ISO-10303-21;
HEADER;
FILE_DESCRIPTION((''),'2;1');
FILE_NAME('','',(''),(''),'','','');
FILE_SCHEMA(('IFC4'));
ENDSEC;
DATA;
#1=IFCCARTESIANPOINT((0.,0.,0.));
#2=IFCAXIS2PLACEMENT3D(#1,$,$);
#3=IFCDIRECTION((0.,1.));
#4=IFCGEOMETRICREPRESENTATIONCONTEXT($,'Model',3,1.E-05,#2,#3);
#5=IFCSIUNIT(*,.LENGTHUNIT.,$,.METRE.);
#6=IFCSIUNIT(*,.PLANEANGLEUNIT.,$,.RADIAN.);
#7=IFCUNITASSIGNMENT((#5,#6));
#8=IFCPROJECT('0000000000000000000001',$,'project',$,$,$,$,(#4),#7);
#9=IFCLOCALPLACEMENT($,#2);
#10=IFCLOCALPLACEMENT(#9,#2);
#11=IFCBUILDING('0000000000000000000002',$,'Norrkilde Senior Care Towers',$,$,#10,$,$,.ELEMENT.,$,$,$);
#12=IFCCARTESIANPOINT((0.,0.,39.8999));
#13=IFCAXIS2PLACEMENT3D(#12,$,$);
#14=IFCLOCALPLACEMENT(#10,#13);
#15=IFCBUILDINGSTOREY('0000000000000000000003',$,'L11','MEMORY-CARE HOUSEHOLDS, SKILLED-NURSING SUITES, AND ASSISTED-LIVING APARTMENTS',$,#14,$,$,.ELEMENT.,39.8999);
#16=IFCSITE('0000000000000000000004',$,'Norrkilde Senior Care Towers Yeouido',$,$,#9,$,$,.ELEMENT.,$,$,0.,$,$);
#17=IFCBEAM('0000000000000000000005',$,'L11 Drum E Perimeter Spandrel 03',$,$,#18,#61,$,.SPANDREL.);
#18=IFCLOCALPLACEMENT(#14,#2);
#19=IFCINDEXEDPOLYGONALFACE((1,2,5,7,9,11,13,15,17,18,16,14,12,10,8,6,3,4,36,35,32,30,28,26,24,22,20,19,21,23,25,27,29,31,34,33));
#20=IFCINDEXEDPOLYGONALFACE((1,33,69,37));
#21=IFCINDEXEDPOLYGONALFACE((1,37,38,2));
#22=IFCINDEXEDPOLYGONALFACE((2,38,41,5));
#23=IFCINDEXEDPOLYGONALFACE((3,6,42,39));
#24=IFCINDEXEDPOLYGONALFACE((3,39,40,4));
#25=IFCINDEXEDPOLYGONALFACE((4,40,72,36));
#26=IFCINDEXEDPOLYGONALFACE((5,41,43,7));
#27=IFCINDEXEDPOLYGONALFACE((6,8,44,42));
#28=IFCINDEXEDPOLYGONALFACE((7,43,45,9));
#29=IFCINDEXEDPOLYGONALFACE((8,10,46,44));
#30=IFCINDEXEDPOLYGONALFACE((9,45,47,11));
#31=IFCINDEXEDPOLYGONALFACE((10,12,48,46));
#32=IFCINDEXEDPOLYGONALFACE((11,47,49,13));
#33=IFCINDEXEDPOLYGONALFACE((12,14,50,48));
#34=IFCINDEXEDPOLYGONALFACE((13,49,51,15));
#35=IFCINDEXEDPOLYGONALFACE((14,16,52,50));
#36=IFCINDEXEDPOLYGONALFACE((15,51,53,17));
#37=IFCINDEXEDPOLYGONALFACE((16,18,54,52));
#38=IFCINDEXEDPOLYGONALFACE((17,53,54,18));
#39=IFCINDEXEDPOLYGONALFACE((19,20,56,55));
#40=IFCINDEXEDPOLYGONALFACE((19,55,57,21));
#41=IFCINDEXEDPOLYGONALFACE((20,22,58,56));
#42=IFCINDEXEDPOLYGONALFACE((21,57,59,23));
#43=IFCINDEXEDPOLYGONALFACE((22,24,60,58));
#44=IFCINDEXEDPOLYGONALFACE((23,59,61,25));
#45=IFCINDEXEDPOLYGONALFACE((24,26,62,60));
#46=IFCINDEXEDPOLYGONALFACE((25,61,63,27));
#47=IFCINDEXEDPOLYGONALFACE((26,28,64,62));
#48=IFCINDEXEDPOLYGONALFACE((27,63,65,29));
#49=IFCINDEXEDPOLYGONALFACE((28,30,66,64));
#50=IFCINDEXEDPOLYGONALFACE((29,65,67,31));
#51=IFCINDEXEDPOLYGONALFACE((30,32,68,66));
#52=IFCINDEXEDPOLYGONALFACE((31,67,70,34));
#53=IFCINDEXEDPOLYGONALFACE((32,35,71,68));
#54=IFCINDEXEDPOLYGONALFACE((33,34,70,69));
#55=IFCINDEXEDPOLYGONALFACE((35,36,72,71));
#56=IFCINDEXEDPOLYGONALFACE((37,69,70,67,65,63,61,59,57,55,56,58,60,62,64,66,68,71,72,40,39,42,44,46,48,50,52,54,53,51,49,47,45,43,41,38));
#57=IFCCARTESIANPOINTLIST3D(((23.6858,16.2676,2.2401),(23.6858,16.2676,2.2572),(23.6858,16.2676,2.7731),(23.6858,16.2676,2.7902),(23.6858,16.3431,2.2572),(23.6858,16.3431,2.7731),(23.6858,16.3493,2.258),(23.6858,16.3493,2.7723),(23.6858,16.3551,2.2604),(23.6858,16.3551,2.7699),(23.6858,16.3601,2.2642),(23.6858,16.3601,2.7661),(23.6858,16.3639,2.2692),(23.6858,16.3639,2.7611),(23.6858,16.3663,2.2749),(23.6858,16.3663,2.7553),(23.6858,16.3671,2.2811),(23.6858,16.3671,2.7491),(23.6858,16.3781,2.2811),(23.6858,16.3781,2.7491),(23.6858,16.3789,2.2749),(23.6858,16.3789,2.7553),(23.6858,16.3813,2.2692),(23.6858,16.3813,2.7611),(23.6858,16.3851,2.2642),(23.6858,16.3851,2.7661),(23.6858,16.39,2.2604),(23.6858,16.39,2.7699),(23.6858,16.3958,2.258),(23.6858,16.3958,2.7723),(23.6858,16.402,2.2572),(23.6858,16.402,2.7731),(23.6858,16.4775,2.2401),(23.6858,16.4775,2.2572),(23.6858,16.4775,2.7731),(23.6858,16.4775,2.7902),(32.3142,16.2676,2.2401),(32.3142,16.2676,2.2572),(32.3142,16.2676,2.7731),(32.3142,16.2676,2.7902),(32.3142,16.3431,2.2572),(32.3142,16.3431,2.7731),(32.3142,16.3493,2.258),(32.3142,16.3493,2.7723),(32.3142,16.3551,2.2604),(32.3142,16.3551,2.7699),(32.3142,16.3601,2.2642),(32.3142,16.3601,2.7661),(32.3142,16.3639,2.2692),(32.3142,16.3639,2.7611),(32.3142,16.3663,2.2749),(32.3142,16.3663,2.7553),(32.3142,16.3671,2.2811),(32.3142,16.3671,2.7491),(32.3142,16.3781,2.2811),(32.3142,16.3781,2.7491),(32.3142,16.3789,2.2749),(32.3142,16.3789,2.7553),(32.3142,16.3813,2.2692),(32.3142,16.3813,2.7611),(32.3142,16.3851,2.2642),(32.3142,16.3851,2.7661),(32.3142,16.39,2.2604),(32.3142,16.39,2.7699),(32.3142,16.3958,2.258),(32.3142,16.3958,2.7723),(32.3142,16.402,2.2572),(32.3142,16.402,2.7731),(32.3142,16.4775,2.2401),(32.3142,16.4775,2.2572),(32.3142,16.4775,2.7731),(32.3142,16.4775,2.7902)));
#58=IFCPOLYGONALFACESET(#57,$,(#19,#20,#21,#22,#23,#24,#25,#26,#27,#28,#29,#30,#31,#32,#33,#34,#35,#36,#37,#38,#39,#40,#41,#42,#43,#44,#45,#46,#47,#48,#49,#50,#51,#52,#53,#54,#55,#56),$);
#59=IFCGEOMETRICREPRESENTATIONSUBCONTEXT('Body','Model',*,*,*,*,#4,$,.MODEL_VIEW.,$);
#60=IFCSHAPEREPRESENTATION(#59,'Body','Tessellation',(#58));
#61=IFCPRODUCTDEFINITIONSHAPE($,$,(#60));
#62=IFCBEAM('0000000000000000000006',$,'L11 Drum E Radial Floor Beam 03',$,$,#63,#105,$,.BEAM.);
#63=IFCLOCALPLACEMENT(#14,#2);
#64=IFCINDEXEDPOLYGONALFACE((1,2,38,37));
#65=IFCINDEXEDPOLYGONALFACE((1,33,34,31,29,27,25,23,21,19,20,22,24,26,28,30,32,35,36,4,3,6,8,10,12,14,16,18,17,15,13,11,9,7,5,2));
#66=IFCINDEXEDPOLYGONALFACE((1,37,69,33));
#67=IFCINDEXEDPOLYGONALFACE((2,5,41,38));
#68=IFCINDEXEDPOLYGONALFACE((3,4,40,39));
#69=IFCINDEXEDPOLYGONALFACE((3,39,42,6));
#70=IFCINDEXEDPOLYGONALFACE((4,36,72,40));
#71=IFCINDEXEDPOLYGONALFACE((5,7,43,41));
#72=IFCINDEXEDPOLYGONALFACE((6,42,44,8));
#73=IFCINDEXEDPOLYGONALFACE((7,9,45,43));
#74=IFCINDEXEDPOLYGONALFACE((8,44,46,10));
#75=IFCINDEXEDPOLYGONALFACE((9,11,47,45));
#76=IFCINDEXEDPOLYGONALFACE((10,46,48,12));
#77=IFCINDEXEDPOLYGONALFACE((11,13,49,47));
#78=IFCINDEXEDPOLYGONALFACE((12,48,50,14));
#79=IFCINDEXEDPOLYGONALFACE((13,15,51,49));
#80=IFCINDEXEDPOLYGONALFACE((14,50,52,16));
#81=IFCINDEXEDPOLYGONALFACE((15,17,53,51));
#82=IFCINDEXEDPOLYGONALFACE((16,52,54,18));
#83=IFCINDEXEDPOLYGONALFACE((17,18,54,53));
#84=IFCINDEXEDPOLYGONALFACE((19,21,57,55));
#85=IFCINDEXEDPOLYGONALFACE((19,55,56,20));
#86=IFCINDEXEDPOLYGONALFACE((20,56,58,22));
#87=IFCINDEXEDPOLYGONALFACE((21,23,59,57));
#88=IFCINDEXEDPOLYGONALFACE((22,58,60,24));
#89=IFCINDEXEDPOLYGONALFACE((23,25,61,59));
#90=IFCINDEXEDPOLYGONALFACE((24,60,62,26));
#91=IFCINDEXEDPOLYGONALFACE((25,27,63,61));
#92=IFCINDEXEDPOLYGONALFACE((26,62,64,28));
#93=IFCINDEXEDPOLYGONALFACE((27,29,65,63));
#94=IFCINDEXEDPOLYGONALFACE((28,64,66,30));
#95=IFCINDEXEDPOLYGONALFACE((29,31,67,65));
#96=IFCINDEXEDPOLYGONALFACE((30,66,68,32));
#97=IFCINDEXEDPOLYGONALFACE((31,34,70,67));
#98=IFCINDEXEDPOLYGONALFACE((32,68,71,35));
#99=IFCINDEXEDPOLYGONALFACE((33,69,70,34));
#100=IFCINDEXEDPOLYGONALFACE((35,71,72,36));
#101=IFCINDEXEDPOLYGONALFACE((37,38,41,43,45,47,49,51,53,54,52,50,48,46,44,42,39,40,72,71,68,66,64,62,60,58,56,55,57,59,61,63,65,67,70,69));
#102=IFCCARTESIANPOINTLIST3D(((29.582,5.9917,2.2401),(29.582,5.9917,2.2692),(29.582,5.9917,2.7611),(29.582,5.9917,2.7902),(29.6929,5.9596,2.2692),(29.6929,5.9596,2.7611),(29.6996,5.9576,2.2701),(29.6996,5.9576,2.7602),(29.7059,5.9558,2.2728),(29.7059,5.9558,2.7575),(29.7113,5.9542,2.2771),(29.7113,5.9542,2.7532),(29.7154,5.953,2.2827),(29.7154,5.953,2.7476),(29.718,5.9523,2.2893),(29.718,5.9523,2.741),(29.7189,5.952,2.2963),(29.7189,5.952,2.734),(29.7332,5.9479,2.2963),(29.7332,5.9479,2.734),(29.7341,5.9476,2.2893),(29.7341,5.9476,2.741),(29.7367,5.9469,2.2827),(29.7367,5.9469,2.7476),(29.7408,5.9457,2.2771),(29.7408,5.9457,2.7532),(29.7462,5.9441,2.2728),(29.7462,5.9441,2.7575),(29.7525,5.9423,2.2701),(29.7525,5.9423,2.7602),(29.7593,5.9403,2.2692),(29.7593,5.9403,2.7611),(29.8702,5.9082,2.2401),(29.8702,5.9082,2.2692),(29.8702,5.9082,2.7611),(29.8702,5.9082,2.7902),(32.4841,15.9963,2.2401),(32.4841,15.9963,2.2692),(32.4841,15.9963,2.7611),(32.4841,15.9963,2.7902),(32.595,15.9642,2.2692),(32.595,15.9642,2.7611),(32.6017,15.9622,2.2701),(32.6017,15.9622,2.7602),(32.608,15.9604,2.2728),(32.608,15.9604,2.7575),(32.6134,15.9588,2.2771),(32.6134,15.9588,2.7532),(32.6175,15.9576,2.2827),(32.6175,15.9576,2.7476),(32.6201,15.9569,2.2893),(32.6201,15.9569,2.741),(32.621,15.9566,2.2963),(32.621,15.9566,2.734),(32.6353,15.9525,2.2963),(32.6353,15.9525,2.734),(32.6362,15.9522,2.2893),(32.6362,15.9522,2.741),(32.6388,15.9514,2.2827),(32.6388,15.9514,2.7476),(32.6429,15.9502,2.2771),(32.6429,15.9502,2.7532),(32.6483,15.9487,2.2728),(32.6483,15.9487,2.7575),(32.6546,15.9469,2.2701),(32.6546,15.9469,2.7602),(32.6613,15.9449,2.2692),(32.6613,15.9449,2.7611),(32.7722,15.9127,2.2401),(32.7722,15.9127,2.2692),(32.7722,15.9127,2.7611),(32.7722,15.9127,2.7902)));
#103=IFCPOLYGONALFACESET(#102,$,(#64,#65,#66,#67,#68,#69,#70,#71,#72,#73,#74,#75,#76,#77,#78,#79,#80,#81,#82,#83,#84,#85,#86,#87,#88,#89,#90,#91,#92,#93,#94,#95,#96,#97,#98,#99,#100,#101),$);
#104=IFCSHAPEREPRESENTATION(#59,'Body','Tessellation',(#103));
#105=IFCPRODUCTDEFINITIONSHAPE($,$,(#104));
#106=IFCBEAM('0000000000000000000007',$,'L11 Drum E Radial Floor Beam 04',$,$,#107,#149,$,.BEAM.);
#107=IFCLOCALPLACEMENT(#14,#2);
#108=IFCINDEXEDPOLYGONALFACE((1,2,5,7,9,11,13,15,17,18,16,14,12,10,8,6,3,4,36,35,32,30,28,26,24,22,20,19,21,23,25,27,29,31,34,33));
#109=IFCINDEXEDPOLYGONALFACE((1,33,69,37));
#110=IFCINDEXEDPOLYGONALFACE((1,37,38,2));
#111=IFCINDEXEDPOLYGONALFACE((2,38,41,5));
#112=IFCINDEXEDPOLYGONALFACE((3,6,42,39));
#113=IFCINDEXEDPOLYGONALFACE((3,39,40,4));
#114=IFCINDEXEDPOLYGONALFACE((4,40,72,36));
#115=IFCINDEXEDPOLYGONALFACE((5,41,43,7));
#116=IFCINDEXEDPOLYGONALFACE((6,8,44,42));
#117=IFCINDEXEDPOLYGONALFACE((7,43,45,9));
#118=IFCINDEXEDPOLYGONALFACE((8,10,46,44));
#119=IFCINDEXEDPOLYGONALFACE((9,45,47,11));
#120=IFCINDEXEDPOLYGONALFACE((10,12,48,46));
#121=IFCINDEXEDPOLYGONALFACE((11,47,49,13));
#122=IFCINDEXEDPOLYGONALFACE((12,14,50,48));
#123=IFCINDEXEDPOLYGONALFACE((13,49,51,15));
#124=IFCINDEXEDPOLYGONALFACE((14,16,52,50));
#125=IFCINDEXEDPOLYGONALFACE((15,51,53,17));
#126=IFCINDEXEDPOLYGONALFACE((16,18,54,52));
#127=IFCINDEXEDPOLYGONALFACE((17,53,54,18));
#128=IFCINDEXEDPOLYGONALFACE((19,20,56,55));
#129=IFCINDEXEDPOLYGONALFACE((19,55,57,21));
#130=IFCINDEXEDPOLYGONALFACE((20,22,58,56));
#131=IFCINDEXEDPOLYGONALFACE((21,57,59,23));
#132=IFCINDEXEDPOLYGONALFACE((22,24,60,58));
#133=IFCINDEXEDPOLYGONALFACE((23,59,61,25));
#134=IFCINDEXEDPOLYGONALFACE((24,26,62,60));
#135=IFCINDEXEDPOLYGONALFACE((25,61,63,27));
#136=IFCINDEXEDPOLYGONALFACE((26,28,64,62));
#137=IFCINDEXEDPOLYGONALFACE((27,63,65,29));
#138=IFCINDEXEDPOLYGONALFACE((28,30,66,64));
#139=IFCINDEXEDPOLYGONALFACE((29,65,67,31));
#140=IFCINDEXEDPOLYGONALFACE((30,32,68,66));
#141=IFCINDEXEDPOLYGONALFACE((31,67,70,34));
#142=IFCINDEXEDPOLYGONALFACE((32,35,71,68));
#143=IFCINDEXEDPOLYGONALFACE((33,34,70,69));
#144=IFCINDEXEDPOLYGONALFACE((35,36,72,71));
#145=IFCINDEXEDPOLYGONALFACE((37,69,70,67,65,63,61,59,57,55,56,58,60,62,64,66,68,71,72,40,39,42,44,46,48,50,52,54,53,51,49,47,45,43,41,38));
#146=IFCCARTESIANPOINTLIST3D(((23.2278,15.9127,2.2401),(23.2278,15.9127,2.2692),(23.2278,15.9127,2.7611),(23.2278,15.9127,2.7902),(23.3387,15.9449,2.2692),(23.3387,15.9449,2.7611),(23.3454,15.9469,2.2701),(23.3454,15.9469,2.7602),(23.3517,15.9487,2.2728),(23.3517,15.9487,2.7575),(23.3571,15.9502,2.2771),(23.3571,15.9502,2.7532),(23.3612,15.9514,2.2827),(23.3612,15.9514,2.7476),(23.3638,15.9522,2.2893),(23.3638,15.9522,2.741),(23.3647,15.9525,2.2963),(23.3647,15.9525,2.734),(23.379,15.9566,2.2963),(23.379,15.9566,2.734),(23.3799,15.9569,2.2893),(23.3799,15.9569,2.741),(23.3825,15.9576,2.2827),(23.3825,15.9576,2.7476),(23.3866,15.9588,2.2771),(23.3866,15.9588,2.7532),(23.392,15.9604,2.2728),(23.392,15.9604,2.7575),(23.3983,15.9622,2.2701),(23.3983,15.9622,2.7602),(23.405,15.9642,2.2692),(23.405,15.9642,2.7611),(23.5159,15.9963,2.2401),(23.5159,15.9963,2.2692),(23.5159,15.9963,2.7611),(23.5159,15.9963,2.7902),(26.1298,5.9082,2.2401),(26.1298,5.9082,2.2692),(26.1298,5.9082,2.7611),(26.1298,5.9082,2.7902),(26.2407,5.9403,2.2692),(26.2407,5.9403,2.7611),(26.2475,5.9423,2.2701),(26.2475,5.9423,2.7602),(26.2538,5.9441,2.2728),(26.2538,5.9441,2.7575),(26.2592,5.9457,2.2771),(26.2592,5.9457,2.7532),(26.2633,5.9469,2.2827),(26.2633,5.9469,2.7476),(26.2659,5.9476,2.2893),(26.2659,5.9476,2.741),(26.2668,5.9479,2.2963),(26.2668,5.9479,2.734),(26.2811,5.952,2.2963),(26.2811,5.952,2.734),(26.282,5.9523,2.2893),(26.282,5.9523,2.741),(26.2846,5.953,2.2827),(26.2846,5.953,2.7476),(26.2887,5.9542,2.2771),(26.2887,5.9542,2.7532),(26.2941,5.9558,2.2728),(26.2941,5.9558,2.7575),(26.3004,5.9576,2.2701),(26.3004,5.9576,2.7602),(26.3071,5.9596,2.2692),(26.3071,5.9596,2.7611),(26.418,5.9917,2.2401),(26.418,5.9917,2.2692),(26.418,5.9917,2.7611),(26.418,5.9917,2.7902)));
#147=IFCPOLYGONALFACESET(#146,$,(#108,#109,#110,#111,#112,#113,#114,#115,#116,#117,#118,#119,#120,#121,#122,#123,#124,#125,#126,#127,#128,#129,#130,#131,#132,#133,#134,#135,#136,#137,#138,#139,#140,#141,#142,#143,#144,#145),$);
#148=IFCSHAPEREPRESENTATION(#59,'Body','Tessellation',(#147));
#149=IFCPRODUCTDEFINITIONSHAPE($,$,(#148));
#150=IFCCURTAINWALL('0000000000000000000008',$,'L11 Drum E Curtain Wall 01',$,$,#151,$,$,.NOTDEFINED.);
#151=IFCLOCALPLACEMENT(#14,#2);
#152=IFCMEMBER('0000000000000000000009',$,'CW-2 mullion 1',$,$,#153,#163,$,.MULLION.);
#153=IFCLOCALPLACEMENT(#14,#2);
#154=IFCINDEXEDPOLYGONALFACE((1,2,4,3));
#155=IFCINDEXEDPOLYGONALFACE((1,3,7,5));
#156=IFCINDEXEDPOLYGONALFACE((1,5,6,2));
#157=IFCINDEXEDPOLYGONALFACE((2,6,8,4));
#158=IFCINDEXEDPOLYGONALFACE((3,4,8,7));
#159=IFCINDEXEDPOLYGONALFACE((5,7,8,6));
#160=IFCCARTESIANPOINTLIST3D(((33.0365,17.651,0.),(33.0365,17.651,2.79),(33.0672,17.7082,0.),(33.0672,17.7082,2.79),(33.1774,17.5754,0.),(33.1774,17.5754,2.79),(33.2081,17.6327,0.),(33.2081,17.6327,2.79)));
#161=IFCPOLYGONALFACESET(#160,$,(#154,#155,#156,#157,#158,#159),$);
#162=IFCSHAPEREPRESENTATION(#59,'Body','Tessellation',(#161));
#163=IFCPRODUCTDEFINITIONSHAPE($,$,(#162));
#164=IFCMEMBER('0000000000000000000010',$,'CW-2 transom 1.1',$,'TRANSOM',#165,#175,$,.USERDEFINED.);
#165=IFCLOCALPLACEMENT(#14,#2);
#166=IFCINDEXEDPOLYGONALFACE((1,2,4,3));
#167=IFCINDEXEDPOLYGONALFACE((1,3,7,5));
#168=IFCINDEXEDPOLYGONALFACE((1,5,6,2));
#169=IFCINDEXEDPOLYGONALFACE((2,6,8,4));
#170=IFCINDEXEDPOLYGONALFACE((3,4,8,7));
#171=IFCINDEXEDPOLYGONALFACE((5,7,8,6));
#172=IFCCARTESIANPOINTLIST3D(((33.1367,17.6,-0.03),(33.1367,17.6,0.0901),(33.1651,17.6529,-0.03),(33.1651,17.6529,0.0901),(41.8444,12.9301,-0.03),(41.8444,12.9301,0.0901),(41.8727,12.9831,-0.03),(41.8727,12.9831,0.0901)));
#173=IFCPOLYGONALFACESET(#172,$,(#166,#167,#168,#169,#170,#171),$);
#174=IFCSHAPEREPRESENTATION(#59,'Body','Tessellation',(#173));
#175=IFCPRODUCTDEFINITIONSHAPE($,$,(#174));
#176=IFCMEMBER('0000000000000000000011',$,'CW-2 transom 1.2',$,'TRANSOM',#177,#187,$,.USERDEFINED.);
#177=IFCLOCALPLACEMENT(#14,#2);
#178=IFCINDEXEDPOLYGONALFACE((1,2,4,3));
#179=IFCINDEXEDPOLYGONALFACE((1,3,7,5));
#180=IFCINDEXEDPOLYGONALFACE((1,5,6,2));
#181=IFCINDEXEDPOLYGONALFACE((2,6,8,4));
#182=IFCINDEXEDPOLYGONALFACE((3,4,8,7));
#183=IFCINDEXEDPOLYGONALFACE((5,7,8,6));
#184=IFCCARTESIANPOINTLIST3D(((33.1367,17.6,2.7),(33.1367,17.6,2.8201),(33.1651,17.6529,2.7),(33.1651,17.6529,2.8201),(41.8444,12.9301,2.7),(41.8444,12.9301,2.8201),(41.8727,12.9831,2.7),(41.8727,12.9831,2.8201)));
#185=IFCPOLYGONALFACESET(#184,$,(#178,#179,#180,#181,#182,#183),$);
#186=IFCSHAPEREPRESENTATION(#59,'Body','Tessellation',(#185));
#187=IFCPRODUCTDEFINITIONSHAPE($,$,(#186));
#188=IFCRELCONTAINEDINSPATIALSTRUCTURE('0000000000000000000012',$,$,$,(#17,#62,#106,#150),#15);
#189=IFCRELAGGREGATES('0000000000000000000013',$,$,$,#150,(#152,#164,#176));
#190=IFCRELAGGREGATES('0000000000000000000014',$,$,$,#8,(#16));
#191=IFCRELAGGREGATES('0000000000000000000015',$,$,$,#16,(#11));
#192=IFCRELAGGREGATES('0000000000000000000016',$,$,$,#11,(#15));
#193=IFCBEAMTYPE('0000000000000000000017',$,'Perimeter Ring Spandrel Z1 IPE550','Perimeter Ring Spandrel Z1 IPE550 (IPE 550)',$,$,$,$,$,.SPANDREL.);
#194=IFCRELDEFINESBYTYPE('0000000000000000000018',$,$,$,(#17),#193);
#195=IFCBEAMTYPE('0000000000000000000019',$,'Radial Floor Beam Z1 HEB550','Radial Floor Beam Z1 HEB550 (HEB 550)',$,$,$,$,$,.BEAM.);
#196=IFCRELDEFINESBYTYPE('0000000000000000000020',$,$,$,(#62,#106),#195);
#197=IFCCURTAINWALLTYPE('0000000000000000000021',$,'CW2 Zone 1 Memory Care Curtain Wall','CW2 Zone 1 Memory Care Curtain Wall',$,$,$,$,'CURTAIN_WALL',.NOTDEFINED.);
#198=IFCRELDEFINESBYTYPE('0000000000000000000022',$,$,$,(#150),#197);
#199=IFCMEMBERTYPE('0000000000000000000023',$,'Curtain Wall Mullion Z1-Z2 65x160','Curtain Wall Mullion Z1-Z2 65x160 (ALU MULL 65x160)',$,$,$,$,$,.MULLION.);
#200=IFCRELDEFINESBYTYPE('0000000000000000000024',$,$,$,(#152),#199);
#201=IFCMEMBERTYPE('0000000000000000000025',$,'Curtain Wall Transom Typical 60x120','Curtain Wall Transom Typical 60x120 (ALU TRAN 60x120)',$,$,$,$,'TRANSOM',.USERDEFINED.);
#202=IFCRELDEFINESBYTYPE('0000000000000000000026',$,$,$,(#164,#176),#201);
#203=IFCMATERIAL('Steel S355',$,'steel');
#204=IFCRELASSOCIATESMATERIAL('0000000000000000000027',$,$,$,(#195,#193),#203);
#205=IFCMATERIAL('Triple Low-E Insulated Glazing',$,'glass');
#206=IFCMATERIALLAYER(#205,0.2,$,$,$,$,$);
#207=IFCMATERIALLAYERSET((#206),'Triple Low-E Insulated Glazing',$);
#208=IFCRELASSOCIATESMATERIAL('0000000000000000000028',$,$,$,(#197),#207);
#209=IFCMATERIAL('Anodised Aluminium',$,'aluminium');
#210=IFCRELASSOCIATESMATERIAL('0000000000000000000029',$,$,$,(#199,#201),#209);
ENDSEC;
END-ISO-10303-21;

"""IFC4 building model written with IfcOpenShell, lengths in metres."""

from ifc_helpers import new_model, si_unit, direction, frame, origin, origin_2d, place, context, subcontext, project, spatial, rectangle, i_section, extrude, source, transform, mapped, material, layer, layer_set, material_profile, profile_set, type_object, type_shapes, element, aggregate, save


model = new_model("IFC4")

# Units and contexts
model_context = context("Model", 3, precision=1e-05, world=origin(), true_north=direction((0.0, 1.0)))
body_context = subcontext(model_context, "Body", "Model", "MODEL_VIEW")
ifc_project = project(units=[si_unit("LENGTHUNIT", "METRE"), si_unit("PLANEANGLEUNIT", "RADIAN")], contexts=[model_context])

# Site, building, storey
site_placement = place(None, origin())
site = spatial("IfcSite", under=ifc_project, at=site_placement, Name="Norrkilde Senior Care Towers Yeouido", CompositionType="ELEMENT", RefElevation=0.0)
building_placement = place(site_placement, origin())
building = spatial("IfcBuilding", under=site, at=building_placement, Name="Norrkilde Senior Care Towers", CompositionType="ELEMENT")
storey_placement = place(building_placement, frame((0.0, 0.0, 39.8999)))
storey = spatial("IfcBuildingStorey", under=building, at=storey_placement, Name="L11", Description="MEMORY-CARE HOUSEHOLDS, SKILLED-NURSING SUITES, AND ASSISTED-LIVING APARTMENTS", CompositionType="ELEMENT", Elevation=39.8999)

# Beams
ifc_material_1 = material(Name="Steel S355", Category="steel")
ifc_material_profile_1 = material_profile(ifc_material_1, i_section(OverallWidth=0.3, OverallDepth=0.55, WebThickness=0.0149, FlangeThickness=0.0291, FilletRadius=0.0271, at=origin_2d()), Name="HEB 550")
ifc_profile_set_1 = profile_set([ifc_material_profile_1], Name="Steel S355")
beam_type_1 = type_object("IfcBeamType", Name="Radial Floor Beam Z1 HEB550", Description="Radial Floor Beam Z1 HEB550 (HEB 550)", PredefinedType="BEAM", material=ifc_profile_set_1)
ifc_material_profile_2 = material_profile(ifc_material_1, i_section(OverallWidth=0.21, OverallDepth=0.55, WebThickness=0.011, FlangeThickness=0.0171, FilletRadius=0.0239, at=origin_2d()), Name="IPE 550")
ifc_profile_set_2 = profile_set([ifc_material_profile_2], Name="Steel S355")
beam_type_2 = type_object("IfcBeamType", Name="Perimeter Ring Spandrel Z1 IPE550", Description="Perimeter Ring Spandrel Z1 IPE550 (IPE 550)", PredefinedType="SPANDREL", material=ifc_profile_set_2)
shared_shape_1 = source(origin(), body_context, "Body", "SweptSolid", [
    extrude(i_section(OverallWidth=0.21, OverallDepth=0.55, WebThickness=0.011, FlangeThickness=0.0171, FilletRadius=0.0239, at=origin_2d()), origin(), (0.0, 0.0, 1.0), 8.6284),
])
type_shapes(beam_type_2, [shared_shape_1])
beam_1_placement = place(storey_placement, frame((32.3142, 16.3726, 2.5151), z_axis=(-1.0, 0.0, 0.0), x_axis=(0.0, -1.0, 0.0)))
element("IfcBeam", 1, at=beam_1_placement, inside=storey, type_object=beam_type_2, Name="L11 Drum E Perimeter Spandrel 03", PredefinedType="SPANDREL", context=body_context, shape_type="MappedRepresentation", body=[
    mapped(shared_shape_1, transform((0.0, 0.0, 0.0), x_axis=(1.0, 0.0, 0.0), y_axis=(0.0, 1.0, 0.0), z_axis=(0.0, 0.0, 1.0), scale=1.0)),
])
shared_shape_2 = source(origin(), body_context, "Body", "SweptSolid", [
    extrude(i_section(OverallWidth=0.3, OverallDepth=0.55, WebThickness=0.0149, FlangeThickness=0.0291, FilletRadius=0.0271, at=origin_2d()), origin(), (0.0, 0.0, 1.0), 10.417),
])
for number, where, z_axis, x_axis, name in (
    (2, (29.7261, 5.95, 2.5151), (0.278591, 0.96041, 0.0), (-0.96041, 0.278591, 0.0), "L11 Drum E Radial Floor Beam 03"),
    (3, (26.2739, 5.95, 2.5151), (-0.278591, 0.96041, 0.0), (-0.96041, -0.278591, 0.0), "L11 Drum E Radial Floor Beam 04"),
):
    element("IfcBeam", number, at=place(storey_placement, frame(where, z_axis=z_axis, x_axis=x_axis)), inside=storey, type_object=beam_type_1, Name=name, PredefinedType="BEAM", context=body_context, shape_type="MappedRepresentation", body=[
        mapped(shared_shape_2, transform((0.0, 0.0, 0.0), x_axis=(1.0, 0.0, 0.0), y_axis=(0.0, 1.0, 0.0), z_axis=(0.0, 0.0, 1.0), scale=1.0)),
    ])

# Curtain wall, members
ifc_material_2 = material(Name="Triple Low-E Insulated Glazing", Category="glass")
ifc_layer_1 = layer(ifc_material_2, 0.2)
ifc_layer_set_1 = layer_set([ifc_layer_1], Name="Triple Low-E Insulated Glazing")
curtain_wall_type = type_object("IfcCurtainWallType", Name="CW2 Zone 1 Memory Care Curtain Wall", Description="CW2 Zone 1 Memory Care Curtain Wall", ElementType="CURTAIN_WALL", PredefinedType="NOTDEFINED", material=ifc_layer_set_1)
curtain_wall_placement = place(storey_placement, origin())
curtain_wall = element("IfcCurtainWall", 4, at=curtain_wall_placement, inside=storey, type_object=curtain_wall_type, Name="L11 Drum E Curtain Wall 01", PredefinedType="NOTDEFINED")
ifc_material_3 = material(Name="Anodised Aluminium", Category="aluminium")
ifc_material_profile_3 = material_profile(ifc_material_3, rectangle(XDim=0.0649, YDim=0.1599, at=origin_2d()), Name="ALU MULL 65x160")
ifc_profile_set_3 = profile_set([ifc_material_profile_3], Name="Anodised Aluminium")
member_type_1 = type_object("IfcMemberType", Name="Curtain Wall Mullion Z1-Z2 65x160", Description="Curtain Wall Mullion Z1-Z2 65x160 (ALU MULL 65x160)", PredefinedType="MULLION", material=ifc_profile_set_3)
shared_shape_3 = source(origin(), body_context, "Body", "SweptSolid", [
    extrude(rectangle(XDim=0.0649, YDim=0.1599, at=origin_2d()), origin(), (0.0, 0.0, 1.0), 2.79),
])
type_shapes(member_type_1, [shared_shape_3])
member_1_placement = place(storey_placement, frame((33.1223, 17.6418, 0.0), z_axis=(0.0, 0.0, 1.0), x_axis=(0.472608, 0.881273, 0.0)))
member_1 = element("IfcMember", 5, at=member_1_placement, type_object=member_type_1, Name="CW-2 mullion 1", PredefinedType="MULLION", context=body_context, shape_type="MappedRepresentation", body=[
    mapped(shared_shape_3, transform((0.0, 0.0, 0.0), x_axis=(1.0, 0.0, 0.0), y_axis=(0.0, 1.0, 0.0), z_axis=(0.0, 0.0, 1.0), scale=1.0)),
])
ifc_material_profile_4 = material_profile(ifc_material_3, rectangle(XDim=0.0601, YDim=0.1201, at=origin_2d()), Name="ALU TRAN 60x120")
ifc_profile_set_4 = profile_set([ifc_material_profile_4], Name="Anodised Aluminium")
member_type_2 = type_object("IfcMemberType", Name="Curtain Wall Transom Typical 60x120", Description="Curtain Wall Transom Typical 60x120 (ALU TRAN 60x120)", ElementType="TRANSOM", PredefinedType="USERDEFINED", material=ifc_profile_set_4)
shared_shape_4 = source(origin(), body_context, "Body", "SweptSolid", [
    extrude(rectangle(XDim=0.0601, YDim=0.1201, at=origin_2d()), origin(), (0.0, 0.0, 1.0), 9.8809),
])
type_shapes(member_type_2, [shared_shape_4])
member_2_placement = place(storey_placement, frame((33.1509, 17.6265, 0.03), z_axis=(0.881267, -0.472618, 0.0), x_axis=(0.472618, 0.881267, 0.0)))
member_2 = element("IfcMember", 6, at=member_2_placement, type_object=member_type_2, Name="CW-2 transom 1.1", ObjectType="TRANSOM", PredefinedType="USERDEFINED", context=body_context, shape_type="MappedRepresentation", body=[
    mapped(shared_shape_4, transform((0.0, 0.0, 0.0), x_axis=(1.0, 0.0, 0.0), y_axis=(0.0, 1.0, 0.0), z_axis=(0.0, 0.0, 1.0), scale=1.0)),
])
member_3_placement = place(storey_placement, frame((33.1509, 17.6265, 2.76), z_axis=(0.881267, -0.472618, 0.0), x_axis=(0.472618, 0.881267, 0.0)))
member_3 = element("IfcMember", 7, at=member_3_placement, type_object=member_type_2, Name="CW-2 transom 1.2", ObjectType="TRANSOM", PredefinedType="USERDEFINED", context=body_context, shape_type="MappedRepresentation", body=[
    mapped(shared_shape_4, transform((0.0, 0.0, 0.0), x_axis=(1.0, 0.0, 0.0), y_axis=(0.0, 1.0, 0.0), z_axis=(0.0, 0.0, 1.0), scale=1.0)),
])
aggregate(curtain_wall, [member_1, member_2, member_3])

save(model, "model.ifc")
